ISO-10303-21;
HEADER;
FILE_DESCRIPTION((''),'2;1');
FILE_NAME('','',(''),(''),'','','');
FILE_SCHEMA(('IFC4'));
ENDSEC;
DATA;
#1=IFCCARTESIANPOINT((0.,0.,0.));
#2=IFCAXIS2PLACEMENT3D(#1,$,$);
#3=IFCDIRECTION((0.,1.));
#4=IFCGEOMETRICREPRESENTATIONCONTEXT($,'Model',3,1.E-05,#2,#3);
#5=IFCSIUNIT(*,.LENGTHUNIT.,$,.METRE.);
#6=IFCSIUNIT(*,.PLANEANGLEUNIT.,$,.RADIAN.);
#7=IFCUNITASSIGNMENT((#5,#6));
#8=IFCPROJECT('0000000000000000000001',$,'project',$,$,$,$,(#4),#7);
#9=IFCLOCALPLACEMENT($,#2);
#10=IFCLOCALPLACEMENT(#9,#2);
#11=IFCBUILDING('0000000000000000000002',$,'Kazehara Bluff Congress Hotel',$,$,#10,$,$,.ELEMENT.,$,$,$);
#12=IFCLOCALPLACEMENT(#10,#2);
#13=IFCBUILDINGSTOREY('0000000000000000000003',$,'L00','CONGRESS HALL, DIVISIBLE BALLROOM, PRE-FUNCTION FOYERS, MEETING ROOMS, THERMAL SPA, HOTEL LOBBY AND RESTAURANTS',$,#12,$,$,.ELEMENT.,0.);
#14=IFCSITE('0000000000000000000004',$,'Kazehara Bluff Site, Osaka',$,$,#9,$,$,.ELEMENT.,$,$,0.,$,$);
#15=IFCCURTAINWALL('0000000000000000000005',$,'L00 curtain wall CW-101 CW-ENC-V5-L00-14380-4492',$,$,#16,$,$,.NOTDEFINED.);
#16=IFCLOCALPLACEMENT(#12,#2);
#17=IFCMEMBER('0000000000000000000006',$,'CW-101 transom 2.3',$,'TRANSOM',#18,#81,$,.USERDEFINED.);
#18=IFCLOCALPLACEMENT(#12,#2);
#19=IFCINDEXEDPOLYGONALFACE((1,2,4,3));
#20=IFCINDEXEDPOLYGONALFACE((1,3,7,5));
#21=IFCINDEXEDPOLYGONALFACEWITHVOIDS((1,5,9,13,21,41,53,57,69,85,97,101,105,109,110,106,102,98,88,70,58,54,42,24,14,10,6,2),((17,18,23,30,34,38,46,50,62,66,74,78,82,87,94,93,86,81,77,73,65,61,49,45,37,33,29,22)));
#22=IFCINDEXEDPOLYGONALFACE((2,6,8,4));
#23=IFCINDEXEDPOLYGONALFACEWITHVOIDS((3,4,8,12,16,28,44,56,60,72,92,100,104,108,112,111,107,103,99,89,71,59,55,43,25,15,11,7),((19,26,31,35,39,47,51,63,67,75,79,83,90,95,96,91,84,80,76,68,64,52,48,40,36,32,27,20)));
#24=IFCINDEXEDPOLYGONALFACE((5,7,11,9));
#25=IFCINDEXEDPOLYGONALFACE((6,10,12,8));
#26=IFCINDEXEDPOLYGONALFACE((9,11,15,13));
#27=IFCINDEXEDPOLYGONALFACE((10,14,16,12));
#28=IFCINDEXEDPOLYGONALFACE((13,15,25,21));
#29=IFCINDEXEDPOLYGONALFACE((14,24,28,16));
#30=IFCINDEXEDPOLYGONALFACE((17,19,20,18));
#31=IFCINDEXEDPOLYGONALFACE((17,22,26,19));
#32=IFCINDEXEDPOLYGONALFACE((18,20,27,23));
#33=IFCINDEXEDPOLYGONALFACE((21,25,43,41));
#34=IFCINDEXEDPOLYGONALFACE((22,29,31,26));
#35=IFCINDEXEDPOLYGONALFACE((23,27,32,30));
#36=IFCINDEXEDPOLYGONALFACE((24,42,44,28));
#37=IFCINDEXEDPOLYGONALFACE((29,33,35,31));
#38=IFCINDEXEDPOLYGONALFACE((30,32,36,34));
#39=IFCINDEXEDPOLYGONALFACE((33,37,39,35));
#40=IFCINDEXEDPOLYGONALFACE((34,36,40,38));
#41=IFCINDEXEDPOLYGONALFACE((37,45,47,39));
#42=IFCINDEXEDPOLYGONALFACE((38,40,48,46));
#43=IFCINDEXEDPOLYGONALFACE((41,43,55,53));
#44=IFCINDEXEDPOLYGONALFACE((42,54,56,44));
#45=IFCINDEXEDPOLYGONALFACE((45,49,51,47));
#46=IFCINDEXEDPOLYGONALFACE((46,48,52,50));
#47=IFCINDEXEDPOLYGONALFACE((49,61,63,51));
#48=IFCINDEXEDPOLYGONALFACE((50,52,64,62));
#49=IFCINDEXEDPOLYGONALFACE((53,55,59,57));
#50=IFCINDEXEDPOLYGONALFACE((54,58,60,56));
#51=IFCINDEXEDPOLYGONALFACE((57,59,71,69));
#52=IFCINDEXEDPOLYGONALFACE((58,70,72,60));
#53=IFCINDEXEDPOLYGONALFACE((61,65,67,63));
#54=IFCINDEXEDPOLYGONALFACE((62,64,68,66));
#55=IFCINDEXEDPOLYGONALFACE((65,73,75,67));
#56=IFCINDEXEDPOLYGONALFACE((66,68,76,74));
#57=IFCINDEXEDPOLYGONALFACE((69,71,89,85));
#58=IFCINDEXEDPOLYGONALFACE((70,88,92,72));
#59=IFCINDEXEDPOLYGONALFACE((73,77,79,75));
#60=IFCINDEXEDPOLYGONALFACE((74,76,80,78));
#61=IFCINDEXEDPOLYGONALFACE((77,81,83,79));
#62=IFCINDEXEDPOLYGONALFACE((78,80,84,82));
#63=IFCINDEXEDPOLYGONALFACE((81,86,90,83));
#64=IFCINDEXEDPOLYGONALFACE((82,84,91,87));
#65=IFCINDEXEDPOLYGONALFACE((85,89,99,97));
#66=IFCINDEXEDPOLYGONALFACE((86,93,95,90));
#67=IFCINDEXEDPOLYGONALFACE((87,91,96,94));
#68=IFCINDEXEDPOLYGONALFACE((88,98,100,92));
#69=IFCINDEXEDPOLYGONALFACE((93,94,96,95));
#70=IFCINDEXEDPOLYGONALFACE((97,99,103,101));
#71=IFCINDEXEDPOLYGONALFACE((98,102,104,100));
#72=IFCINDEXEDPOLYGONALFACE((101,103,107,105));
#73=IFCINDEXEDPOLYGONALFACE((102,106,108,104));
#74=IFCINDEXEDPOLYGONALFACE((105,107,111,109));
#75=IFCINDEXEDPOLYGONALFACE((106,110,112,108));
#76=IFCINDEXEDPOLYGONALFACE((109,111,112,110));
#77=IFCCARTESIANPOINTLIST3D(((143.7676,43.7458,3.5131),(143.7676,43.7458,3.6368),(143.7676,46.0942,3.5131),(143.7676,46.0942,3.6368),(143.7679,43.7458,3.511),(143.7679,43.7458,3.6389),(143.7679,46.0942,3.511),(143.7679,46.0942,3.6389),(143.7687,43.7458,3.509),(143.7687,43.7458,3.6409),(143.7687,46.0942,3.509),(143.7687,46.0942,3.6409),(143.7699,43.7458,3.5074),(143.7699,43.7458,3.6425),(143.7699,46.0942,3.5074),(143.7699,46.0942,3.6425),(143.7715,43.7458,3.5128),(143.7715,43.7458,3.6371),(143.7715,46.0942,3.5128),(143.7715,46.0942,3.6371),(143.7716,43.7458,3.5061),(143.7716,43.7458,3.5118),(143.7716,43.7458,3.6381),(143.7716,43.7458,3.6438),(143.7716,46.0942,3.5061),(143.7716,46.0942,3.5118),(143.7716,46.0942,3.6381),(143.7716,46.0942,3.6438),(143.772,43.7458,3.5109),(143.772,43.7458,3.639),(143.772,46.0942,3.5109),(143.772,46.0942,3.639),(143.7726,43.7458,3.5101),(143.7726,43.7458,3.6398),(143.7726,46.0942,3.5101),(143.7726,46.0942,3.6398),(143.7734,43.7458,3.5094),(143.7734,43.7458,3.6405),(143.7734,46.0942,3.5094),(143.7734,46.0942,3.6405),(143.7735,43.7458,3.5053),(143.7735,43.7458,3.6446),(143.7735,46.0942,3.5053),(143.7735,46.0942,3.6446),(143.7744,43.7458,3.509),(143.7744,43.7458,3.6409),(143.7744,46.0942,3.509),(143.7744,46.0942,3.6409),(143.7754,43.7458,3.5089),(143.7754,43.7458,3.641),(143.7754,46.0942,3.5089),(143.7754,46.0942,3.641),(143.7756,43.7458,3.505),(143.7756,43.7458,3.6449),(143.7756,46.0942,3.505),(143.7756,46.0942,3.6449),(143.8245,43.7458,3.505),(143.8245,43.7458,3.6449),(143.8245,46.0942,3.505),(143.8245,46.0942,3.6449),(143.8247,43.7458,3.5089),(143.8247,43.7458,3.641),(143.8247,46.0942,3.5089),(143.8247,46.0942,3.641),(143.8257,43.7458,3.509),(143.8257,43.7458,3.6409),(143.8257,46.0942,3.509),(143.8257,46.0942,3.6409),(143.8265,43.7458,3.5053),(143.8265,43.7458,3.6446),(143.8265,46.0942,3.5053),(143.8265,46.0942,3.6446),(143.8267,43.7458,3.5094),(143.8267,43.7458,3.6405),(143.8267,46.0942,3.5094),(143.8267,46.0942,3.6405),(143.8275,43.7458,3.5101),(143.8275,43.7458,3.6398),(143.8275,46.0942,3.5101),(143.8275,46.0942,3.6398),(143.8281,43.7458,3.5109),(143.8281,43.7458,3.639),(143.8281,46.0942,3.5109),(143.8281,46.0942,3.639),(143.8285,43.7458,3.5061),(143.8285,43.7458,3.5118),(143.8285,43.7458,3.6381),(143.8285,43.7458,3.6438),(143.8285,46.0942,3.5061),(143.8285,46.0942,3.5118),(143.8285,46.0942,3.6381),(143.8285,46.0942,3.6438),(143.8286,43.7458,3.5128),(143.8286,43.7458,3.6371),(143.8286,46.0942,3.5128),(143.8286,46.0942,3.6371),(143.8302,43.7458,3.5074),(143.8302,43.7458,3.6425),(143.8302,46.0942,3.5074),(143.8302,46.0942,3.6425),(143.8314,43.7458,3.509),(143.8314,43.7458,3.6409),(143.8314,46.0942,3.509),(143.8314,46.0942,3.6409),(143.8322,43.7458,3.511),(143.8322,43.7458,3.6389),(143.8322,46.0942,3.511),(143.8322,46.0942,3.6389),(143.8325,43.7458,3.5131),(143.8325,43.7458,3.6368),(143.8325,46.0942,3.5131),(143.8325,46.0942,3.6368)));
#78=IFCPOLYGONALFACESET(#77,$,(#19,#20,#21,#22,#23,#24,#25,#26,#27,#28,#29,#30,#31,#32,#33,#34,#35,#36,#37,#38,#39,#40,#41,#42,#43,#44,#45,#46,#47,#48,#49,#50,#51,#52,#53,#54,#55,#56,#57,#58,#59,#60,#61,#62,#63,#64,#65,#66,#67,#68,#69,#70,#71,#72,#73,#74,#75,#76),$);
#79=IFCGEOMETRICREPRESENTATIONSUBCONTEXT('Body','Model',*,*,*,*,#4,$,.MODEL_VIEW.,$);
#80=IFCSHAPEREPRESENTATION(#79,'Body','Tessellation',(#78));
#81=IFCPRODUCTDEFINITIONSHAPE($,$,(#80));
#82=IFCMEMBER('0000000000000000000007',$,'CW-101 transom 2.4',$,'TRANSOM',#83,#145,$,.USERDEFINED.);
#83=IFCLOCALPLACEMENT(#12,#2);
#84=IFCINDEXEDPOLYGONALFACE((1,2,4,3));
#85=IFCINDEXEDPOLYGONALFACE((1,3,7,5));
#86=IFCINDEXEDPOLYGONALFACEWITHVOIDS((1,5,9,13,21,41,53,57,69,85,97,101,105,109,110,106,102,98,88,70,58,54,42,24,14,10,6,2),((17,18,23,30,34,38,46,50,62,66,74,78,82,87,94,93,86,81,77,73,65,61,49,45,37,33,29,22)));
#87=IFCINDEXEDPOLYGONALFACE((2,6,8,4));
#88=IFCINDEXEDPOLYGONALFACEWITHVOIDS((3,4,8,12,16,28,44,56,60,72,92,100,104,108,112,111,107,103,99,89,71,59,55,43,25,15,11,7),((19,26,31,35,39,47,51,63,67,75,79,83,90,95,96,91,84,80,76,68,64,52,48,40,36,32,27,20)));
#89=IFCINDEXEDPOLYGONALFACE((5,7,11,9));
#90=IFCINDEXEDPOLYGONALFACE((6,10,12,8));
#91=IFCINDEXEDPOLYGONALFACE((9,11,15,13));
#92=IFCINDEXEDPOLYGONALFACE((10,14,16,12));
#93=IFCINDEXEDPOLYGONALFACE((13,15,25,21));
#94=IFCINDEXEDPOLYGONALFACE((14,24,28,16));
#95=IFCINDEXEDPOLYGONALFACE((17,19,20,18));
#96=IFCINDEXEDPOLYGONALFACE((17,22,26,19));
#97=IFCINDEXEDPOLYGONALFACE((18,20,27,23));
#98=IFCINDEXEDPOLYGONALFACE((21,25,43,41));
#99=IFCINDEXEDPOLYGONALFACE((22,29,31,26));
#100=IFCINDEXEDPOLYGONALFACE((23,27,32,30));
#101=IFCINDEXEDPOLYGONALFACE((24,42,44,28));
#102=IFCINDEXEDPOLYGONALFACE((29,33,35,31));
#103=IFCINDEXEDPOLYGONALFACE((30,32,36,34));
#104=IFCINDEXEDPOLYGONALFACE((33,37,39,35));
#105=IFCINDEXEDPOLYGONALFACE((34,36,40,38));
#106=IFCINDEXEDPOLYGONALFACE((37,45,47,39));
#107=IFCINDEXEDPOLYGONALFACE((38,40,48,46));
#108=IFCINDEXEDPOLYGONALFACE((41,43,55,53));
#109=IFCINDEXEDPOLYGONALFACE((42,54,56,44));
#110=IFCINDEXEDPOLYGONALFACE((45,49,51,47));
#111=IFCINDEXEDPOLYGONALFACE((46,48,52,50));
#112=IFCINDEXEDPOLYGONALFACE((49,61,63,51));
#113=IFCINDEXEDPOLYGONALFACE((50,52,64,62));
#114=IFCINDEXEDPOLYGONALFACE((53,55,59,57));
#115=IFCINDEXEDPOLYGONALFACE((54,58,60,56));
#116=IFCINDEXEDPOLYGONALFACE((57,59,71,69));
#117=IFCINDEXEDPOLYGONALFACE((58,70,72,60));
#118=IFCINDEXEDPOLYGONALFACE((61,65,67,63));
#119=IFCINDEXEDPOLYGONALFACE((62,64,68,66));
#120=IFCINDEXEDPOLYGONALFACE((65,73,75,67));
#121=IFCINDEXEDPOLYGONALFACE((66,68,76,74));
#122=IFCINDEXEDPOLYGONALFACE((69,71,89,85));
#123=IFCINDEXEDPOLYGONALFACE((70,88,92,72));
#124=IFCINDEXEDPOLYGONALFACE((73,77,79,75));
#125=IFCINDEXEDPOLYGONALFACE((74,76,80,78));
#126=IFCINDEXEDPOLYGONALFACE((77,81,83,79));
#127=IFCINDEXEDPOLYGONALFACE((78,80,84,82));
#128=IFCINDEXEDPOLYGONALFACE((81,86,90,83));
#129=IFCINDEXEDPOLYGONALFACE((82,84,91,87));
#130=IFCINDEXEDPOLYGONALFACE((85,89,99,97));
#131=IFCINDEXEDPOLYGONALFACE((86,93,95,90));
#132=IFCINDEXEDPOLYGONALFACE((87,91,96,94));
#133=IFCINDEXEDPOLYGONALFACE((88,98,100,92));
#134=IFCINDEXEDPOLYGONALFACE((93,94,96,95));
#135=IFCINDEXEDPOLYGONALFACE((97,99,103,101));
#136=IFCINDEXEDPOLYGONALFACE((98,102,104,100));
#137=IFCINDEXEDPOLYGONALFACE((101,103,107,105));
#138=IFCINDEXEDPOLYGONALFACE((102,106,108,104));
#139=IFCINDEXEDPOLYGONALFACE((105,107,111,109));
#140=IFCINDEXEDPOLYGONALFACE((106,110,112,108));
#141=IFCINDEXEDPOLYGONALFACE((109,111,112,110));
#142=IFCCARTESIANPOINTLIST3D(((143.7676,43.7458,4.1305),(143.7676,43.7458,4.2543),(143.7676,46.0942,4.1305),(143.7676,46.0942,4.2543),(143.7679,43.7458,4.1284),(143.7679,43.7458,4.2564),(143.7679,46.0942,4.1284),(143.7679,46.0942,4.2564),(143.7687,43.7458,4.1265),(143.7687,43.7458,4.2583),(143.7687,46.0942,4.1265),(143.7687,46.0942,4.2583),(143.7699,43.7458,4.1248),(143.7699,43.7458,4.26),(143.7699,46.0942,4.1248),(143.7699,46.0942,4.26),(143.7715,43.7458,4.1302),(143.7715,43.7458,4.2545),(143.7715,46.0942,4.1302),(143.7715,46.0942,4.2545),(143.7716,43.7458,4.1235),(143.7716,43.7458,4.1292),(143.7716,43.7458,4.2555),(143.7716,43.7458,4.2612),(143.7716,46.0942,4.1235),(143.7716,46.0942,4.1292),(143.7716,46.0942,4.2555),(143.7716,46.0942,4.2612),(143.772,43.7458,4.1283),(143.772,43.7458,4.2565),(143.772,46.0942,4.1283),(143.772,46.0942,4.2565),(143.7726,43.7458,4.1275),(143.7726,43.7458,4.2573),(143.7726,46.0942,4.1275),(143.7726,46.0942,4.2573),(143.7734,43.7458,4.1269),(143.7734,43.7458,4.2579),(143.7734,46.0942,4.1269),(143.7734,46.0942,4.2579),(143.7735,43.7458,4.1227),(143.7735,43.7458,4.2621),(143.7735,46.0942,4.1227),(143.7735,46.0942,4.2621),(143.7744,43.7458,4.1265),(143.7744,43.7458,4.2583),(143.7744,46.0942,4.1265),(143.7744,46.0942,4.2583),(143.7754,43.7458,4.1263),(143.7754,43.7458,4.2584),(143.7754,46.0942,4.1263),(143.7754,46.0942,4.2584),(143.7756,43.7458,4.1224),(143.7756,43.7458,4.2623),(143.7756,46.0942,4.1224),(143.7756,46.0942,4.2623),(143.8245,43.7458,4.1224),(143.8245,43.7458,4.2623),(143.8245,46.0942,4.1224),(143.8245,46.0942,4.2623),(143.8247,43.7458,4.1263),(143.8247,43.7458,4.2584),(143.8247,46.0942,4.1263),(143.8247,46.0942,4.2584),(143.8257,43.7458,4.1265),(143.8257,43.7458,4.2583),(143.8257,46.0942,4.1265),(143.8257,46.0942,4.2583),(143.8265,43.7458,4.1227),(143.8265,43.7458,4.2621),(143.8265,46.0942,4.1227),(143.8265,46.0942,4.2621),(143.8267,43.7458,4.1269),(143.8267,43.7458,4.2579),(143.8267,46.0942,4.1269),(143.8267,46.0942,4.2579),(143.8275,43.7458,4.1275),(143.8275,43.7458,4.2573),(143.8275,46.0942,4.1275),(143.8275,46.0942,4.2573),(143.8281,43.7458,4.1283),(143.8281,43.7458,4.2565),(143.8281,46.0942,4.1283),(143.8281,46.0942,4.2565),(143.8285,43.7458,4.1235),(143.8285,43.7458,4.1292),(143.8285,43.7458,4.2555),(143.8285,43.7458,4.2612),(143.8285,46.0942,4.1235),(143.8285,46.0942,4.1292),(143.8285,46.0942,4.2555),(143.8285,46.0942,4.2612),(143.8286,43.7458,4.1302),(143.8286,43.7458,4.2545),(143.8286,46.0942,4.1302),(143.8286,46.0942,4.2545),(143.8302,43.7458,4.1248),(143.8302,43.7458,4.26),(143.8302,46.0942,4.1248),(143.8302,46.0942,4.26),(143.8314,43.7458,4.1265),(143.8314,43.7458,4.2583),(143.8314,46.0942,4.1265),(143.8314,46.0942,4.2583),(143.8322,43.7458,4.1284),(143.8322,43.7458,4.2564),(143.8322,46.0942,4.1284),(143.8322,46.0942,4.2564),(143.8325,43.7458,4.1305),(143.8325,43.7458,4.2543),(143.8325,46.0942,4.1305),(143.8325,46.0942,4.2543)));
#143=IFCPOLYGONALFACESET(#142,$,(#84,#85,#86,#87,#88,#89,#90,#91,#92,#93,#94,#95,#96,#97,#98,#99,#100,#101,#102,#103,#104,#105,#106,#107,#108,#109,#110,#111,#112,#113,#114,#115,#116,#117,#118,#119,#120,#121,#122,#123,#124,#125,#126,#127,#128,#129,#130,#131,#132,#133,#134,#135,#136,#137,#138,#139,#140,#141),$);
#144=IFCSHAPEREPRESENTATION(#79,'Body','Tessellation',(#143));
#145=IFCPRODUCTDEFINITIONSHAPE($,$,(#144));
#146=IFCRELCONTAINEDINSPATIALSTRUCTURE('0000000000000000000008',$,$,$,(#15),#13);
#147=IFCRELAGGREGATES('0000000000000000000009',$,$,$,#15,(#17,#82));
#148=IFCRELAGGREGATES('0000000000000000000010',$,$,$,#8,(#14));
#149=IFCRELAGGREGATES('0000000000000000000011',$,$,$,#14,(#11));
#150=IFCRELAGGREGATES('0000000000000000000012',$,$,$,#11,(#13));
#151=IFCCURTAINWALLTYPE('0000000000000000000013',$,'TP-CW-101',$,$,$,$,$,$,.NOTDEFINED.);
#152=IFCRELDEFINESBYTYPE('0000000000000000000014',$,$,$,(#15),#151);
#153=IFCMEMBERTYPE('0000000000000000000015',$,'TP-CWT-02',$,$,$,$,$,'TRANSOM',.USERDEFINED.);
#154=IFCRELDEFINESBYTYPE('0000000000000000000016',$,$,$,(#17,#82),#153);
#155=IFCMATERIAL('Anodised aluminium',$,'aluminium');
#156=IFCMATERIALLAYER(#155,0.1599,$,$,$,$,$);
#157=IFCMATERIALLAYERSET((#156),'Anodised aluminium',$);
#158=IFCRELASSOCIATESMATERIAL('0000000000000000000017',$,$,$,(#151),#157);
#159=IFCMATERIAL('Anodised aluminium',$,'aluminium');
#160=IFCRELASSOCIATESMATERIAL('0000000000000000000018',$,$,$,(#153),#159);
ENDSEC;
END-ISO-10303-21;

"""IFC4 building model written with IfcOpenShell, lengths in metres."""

from ifc_helpers import new_model, si_unit, direction, frame, origin, origin_2d, place, context, subcontext, project, spatial, hollow_rectangle, extrude, material, layer, layer_set, material_profile, profile_set, type_object, element, aggregate, save


model = new_model("IFC4")

# Units and contexts
model_context = context("Model", 3, precision=1e-05, world=origin(), true_north=direction((0.0, 1.0)))
body_context = subcontext(model_context, "Body", "Model", "MODEL_VIEW")
ifc_project = project(units=[si_unit("LENGTHUNIT", "METRE"), si_unit("PLANEANGLEUNIT", "RADIAN")], contexts=[model_context])

# Site, building, storey
site_placement = place(None, origin())
site = spatial("IfcSite", under=ifc_project, at=site_placement, Name="Kazehara Bluff Site, Osaka", CompositionType="ELEMENT", RefElevation=0.0)
building_placement = place(site_placement, origin())
building = spatial("IfcBuilding", under=site, at=building_placement, Name="Kazehara Bluff Congress Hotel", CompositionType="ELEMENT")
storey_placement = place(building_placement, origin())
storey = spatial("IfcBuildingStorey", under=building, at=storey_placement, Name="L00", Description="CONGRESS HALL, DIVISIBLE BALLROOM, PRE-FUNCTION FOYERS, MEETING ROOMS, THERMAL SPA, HOTEL LOBBY AND RESTAURANTS", CompositionType="ELEMENT", Elevation=0.0)

# Curtain wall
ifc_material_1 = material(Name="Anodised aluminium", Category="aluminium")
ifc_layer_1 = layer(ifc_material_1, 0.1599)
ifc_layer_set_1 = layer_set([ifc_layer_1], Name="Anodised aluminium")
curtain_wall_type_1 = type_object("IfcCurtainWallType", Name="TP-CW-101", PredefinedType="NOTDEFINED", material=ifc_layer_set_1)
curtain_wall_1_placement = place(storey_placement, origin())
curtain_wall_1 = element("IfcCurtainWall", 1, at=curtain_wall_1_placement, inside=storey, type_object=curtain_wall_type_1, Name="L00 curtain wall CW-101 CW-ENC-V5-L00-14380-4492", PredefinedType="NOTDEFINED")

# Members
ifc_material_2 = material(Name="Anodised aluminium", Category="aluminium")
ifc_material_profile_1 = material_profile(ifc_material_2, hollow_rectangle(XDim=0.0649, YDim=0.1399, WallThickness=0.0039, InnerFilletRadius=0.0039, OuterFilletRadius=0.0081, at=origin_2d()))
ifc_profile_set_1 = profile_set([ifc_material_profile_1], Name="Anodised aluminium")
member_type_1 = type_object("IfcMemberType", Name="TP-CWT-02", ElementType="TRANSOM", PredefinedType="USERDEFINED", material=ifc_profile_set_1)
member_1_placement = place(storey_placement, frame((143.8, 43.7458, 3.575), z_axis=(0.0, 1.0, 0.0), x_axis=(-1.0, 0.0, 0.0)))
member_1 = element("IfcMember", 2, at=member_1_placement, type_object=member_type_1, Name="CW-101 transom 2.3", ObjectType="TRANSOM", PredefinedType="USERDEFINED", context=body_context, shape_type="SweptSolid", body=[
    extrude(hollow_rectangle(XDim=0.0649, YDim=0.1399, WallThickness=0.0039, InnerFilletRadius=0.0039, OuterFilletRadius=0.0081, at=origin_2d()), origin(), (0.0, 0.0, 1.0), 2.3484),
])
member_2_placement = place(storey_placement, frame((143.8, 43.7458, 4.1924), z_axis=(0.0, 1.0, 0.0), x_axis=(-1.0, 0.0, 0.0)))
member_2 = element("IfcMember", 3, at=member_2_placement, type_object=member_type_1, Name="CW-101 transom 2.4", ObjectType="TRANSOM", PredefinedType="USERDEFINED", context=body_context, shape_type="SweptSolid", body=[
    extrude(hollow_rectangle(XDim=0.0649, YDim=0.1399, WallThickness=0.0039, InnerFilletRadius=0.0039, OuterFilletRadius=0.0081, at=origin_2d()), origin(), (0.0, 0.0, 1.0), 2.3484),
])

aggregate(curtain_wall_1, [member_1, member_2])

save(model, "model.ifc")
